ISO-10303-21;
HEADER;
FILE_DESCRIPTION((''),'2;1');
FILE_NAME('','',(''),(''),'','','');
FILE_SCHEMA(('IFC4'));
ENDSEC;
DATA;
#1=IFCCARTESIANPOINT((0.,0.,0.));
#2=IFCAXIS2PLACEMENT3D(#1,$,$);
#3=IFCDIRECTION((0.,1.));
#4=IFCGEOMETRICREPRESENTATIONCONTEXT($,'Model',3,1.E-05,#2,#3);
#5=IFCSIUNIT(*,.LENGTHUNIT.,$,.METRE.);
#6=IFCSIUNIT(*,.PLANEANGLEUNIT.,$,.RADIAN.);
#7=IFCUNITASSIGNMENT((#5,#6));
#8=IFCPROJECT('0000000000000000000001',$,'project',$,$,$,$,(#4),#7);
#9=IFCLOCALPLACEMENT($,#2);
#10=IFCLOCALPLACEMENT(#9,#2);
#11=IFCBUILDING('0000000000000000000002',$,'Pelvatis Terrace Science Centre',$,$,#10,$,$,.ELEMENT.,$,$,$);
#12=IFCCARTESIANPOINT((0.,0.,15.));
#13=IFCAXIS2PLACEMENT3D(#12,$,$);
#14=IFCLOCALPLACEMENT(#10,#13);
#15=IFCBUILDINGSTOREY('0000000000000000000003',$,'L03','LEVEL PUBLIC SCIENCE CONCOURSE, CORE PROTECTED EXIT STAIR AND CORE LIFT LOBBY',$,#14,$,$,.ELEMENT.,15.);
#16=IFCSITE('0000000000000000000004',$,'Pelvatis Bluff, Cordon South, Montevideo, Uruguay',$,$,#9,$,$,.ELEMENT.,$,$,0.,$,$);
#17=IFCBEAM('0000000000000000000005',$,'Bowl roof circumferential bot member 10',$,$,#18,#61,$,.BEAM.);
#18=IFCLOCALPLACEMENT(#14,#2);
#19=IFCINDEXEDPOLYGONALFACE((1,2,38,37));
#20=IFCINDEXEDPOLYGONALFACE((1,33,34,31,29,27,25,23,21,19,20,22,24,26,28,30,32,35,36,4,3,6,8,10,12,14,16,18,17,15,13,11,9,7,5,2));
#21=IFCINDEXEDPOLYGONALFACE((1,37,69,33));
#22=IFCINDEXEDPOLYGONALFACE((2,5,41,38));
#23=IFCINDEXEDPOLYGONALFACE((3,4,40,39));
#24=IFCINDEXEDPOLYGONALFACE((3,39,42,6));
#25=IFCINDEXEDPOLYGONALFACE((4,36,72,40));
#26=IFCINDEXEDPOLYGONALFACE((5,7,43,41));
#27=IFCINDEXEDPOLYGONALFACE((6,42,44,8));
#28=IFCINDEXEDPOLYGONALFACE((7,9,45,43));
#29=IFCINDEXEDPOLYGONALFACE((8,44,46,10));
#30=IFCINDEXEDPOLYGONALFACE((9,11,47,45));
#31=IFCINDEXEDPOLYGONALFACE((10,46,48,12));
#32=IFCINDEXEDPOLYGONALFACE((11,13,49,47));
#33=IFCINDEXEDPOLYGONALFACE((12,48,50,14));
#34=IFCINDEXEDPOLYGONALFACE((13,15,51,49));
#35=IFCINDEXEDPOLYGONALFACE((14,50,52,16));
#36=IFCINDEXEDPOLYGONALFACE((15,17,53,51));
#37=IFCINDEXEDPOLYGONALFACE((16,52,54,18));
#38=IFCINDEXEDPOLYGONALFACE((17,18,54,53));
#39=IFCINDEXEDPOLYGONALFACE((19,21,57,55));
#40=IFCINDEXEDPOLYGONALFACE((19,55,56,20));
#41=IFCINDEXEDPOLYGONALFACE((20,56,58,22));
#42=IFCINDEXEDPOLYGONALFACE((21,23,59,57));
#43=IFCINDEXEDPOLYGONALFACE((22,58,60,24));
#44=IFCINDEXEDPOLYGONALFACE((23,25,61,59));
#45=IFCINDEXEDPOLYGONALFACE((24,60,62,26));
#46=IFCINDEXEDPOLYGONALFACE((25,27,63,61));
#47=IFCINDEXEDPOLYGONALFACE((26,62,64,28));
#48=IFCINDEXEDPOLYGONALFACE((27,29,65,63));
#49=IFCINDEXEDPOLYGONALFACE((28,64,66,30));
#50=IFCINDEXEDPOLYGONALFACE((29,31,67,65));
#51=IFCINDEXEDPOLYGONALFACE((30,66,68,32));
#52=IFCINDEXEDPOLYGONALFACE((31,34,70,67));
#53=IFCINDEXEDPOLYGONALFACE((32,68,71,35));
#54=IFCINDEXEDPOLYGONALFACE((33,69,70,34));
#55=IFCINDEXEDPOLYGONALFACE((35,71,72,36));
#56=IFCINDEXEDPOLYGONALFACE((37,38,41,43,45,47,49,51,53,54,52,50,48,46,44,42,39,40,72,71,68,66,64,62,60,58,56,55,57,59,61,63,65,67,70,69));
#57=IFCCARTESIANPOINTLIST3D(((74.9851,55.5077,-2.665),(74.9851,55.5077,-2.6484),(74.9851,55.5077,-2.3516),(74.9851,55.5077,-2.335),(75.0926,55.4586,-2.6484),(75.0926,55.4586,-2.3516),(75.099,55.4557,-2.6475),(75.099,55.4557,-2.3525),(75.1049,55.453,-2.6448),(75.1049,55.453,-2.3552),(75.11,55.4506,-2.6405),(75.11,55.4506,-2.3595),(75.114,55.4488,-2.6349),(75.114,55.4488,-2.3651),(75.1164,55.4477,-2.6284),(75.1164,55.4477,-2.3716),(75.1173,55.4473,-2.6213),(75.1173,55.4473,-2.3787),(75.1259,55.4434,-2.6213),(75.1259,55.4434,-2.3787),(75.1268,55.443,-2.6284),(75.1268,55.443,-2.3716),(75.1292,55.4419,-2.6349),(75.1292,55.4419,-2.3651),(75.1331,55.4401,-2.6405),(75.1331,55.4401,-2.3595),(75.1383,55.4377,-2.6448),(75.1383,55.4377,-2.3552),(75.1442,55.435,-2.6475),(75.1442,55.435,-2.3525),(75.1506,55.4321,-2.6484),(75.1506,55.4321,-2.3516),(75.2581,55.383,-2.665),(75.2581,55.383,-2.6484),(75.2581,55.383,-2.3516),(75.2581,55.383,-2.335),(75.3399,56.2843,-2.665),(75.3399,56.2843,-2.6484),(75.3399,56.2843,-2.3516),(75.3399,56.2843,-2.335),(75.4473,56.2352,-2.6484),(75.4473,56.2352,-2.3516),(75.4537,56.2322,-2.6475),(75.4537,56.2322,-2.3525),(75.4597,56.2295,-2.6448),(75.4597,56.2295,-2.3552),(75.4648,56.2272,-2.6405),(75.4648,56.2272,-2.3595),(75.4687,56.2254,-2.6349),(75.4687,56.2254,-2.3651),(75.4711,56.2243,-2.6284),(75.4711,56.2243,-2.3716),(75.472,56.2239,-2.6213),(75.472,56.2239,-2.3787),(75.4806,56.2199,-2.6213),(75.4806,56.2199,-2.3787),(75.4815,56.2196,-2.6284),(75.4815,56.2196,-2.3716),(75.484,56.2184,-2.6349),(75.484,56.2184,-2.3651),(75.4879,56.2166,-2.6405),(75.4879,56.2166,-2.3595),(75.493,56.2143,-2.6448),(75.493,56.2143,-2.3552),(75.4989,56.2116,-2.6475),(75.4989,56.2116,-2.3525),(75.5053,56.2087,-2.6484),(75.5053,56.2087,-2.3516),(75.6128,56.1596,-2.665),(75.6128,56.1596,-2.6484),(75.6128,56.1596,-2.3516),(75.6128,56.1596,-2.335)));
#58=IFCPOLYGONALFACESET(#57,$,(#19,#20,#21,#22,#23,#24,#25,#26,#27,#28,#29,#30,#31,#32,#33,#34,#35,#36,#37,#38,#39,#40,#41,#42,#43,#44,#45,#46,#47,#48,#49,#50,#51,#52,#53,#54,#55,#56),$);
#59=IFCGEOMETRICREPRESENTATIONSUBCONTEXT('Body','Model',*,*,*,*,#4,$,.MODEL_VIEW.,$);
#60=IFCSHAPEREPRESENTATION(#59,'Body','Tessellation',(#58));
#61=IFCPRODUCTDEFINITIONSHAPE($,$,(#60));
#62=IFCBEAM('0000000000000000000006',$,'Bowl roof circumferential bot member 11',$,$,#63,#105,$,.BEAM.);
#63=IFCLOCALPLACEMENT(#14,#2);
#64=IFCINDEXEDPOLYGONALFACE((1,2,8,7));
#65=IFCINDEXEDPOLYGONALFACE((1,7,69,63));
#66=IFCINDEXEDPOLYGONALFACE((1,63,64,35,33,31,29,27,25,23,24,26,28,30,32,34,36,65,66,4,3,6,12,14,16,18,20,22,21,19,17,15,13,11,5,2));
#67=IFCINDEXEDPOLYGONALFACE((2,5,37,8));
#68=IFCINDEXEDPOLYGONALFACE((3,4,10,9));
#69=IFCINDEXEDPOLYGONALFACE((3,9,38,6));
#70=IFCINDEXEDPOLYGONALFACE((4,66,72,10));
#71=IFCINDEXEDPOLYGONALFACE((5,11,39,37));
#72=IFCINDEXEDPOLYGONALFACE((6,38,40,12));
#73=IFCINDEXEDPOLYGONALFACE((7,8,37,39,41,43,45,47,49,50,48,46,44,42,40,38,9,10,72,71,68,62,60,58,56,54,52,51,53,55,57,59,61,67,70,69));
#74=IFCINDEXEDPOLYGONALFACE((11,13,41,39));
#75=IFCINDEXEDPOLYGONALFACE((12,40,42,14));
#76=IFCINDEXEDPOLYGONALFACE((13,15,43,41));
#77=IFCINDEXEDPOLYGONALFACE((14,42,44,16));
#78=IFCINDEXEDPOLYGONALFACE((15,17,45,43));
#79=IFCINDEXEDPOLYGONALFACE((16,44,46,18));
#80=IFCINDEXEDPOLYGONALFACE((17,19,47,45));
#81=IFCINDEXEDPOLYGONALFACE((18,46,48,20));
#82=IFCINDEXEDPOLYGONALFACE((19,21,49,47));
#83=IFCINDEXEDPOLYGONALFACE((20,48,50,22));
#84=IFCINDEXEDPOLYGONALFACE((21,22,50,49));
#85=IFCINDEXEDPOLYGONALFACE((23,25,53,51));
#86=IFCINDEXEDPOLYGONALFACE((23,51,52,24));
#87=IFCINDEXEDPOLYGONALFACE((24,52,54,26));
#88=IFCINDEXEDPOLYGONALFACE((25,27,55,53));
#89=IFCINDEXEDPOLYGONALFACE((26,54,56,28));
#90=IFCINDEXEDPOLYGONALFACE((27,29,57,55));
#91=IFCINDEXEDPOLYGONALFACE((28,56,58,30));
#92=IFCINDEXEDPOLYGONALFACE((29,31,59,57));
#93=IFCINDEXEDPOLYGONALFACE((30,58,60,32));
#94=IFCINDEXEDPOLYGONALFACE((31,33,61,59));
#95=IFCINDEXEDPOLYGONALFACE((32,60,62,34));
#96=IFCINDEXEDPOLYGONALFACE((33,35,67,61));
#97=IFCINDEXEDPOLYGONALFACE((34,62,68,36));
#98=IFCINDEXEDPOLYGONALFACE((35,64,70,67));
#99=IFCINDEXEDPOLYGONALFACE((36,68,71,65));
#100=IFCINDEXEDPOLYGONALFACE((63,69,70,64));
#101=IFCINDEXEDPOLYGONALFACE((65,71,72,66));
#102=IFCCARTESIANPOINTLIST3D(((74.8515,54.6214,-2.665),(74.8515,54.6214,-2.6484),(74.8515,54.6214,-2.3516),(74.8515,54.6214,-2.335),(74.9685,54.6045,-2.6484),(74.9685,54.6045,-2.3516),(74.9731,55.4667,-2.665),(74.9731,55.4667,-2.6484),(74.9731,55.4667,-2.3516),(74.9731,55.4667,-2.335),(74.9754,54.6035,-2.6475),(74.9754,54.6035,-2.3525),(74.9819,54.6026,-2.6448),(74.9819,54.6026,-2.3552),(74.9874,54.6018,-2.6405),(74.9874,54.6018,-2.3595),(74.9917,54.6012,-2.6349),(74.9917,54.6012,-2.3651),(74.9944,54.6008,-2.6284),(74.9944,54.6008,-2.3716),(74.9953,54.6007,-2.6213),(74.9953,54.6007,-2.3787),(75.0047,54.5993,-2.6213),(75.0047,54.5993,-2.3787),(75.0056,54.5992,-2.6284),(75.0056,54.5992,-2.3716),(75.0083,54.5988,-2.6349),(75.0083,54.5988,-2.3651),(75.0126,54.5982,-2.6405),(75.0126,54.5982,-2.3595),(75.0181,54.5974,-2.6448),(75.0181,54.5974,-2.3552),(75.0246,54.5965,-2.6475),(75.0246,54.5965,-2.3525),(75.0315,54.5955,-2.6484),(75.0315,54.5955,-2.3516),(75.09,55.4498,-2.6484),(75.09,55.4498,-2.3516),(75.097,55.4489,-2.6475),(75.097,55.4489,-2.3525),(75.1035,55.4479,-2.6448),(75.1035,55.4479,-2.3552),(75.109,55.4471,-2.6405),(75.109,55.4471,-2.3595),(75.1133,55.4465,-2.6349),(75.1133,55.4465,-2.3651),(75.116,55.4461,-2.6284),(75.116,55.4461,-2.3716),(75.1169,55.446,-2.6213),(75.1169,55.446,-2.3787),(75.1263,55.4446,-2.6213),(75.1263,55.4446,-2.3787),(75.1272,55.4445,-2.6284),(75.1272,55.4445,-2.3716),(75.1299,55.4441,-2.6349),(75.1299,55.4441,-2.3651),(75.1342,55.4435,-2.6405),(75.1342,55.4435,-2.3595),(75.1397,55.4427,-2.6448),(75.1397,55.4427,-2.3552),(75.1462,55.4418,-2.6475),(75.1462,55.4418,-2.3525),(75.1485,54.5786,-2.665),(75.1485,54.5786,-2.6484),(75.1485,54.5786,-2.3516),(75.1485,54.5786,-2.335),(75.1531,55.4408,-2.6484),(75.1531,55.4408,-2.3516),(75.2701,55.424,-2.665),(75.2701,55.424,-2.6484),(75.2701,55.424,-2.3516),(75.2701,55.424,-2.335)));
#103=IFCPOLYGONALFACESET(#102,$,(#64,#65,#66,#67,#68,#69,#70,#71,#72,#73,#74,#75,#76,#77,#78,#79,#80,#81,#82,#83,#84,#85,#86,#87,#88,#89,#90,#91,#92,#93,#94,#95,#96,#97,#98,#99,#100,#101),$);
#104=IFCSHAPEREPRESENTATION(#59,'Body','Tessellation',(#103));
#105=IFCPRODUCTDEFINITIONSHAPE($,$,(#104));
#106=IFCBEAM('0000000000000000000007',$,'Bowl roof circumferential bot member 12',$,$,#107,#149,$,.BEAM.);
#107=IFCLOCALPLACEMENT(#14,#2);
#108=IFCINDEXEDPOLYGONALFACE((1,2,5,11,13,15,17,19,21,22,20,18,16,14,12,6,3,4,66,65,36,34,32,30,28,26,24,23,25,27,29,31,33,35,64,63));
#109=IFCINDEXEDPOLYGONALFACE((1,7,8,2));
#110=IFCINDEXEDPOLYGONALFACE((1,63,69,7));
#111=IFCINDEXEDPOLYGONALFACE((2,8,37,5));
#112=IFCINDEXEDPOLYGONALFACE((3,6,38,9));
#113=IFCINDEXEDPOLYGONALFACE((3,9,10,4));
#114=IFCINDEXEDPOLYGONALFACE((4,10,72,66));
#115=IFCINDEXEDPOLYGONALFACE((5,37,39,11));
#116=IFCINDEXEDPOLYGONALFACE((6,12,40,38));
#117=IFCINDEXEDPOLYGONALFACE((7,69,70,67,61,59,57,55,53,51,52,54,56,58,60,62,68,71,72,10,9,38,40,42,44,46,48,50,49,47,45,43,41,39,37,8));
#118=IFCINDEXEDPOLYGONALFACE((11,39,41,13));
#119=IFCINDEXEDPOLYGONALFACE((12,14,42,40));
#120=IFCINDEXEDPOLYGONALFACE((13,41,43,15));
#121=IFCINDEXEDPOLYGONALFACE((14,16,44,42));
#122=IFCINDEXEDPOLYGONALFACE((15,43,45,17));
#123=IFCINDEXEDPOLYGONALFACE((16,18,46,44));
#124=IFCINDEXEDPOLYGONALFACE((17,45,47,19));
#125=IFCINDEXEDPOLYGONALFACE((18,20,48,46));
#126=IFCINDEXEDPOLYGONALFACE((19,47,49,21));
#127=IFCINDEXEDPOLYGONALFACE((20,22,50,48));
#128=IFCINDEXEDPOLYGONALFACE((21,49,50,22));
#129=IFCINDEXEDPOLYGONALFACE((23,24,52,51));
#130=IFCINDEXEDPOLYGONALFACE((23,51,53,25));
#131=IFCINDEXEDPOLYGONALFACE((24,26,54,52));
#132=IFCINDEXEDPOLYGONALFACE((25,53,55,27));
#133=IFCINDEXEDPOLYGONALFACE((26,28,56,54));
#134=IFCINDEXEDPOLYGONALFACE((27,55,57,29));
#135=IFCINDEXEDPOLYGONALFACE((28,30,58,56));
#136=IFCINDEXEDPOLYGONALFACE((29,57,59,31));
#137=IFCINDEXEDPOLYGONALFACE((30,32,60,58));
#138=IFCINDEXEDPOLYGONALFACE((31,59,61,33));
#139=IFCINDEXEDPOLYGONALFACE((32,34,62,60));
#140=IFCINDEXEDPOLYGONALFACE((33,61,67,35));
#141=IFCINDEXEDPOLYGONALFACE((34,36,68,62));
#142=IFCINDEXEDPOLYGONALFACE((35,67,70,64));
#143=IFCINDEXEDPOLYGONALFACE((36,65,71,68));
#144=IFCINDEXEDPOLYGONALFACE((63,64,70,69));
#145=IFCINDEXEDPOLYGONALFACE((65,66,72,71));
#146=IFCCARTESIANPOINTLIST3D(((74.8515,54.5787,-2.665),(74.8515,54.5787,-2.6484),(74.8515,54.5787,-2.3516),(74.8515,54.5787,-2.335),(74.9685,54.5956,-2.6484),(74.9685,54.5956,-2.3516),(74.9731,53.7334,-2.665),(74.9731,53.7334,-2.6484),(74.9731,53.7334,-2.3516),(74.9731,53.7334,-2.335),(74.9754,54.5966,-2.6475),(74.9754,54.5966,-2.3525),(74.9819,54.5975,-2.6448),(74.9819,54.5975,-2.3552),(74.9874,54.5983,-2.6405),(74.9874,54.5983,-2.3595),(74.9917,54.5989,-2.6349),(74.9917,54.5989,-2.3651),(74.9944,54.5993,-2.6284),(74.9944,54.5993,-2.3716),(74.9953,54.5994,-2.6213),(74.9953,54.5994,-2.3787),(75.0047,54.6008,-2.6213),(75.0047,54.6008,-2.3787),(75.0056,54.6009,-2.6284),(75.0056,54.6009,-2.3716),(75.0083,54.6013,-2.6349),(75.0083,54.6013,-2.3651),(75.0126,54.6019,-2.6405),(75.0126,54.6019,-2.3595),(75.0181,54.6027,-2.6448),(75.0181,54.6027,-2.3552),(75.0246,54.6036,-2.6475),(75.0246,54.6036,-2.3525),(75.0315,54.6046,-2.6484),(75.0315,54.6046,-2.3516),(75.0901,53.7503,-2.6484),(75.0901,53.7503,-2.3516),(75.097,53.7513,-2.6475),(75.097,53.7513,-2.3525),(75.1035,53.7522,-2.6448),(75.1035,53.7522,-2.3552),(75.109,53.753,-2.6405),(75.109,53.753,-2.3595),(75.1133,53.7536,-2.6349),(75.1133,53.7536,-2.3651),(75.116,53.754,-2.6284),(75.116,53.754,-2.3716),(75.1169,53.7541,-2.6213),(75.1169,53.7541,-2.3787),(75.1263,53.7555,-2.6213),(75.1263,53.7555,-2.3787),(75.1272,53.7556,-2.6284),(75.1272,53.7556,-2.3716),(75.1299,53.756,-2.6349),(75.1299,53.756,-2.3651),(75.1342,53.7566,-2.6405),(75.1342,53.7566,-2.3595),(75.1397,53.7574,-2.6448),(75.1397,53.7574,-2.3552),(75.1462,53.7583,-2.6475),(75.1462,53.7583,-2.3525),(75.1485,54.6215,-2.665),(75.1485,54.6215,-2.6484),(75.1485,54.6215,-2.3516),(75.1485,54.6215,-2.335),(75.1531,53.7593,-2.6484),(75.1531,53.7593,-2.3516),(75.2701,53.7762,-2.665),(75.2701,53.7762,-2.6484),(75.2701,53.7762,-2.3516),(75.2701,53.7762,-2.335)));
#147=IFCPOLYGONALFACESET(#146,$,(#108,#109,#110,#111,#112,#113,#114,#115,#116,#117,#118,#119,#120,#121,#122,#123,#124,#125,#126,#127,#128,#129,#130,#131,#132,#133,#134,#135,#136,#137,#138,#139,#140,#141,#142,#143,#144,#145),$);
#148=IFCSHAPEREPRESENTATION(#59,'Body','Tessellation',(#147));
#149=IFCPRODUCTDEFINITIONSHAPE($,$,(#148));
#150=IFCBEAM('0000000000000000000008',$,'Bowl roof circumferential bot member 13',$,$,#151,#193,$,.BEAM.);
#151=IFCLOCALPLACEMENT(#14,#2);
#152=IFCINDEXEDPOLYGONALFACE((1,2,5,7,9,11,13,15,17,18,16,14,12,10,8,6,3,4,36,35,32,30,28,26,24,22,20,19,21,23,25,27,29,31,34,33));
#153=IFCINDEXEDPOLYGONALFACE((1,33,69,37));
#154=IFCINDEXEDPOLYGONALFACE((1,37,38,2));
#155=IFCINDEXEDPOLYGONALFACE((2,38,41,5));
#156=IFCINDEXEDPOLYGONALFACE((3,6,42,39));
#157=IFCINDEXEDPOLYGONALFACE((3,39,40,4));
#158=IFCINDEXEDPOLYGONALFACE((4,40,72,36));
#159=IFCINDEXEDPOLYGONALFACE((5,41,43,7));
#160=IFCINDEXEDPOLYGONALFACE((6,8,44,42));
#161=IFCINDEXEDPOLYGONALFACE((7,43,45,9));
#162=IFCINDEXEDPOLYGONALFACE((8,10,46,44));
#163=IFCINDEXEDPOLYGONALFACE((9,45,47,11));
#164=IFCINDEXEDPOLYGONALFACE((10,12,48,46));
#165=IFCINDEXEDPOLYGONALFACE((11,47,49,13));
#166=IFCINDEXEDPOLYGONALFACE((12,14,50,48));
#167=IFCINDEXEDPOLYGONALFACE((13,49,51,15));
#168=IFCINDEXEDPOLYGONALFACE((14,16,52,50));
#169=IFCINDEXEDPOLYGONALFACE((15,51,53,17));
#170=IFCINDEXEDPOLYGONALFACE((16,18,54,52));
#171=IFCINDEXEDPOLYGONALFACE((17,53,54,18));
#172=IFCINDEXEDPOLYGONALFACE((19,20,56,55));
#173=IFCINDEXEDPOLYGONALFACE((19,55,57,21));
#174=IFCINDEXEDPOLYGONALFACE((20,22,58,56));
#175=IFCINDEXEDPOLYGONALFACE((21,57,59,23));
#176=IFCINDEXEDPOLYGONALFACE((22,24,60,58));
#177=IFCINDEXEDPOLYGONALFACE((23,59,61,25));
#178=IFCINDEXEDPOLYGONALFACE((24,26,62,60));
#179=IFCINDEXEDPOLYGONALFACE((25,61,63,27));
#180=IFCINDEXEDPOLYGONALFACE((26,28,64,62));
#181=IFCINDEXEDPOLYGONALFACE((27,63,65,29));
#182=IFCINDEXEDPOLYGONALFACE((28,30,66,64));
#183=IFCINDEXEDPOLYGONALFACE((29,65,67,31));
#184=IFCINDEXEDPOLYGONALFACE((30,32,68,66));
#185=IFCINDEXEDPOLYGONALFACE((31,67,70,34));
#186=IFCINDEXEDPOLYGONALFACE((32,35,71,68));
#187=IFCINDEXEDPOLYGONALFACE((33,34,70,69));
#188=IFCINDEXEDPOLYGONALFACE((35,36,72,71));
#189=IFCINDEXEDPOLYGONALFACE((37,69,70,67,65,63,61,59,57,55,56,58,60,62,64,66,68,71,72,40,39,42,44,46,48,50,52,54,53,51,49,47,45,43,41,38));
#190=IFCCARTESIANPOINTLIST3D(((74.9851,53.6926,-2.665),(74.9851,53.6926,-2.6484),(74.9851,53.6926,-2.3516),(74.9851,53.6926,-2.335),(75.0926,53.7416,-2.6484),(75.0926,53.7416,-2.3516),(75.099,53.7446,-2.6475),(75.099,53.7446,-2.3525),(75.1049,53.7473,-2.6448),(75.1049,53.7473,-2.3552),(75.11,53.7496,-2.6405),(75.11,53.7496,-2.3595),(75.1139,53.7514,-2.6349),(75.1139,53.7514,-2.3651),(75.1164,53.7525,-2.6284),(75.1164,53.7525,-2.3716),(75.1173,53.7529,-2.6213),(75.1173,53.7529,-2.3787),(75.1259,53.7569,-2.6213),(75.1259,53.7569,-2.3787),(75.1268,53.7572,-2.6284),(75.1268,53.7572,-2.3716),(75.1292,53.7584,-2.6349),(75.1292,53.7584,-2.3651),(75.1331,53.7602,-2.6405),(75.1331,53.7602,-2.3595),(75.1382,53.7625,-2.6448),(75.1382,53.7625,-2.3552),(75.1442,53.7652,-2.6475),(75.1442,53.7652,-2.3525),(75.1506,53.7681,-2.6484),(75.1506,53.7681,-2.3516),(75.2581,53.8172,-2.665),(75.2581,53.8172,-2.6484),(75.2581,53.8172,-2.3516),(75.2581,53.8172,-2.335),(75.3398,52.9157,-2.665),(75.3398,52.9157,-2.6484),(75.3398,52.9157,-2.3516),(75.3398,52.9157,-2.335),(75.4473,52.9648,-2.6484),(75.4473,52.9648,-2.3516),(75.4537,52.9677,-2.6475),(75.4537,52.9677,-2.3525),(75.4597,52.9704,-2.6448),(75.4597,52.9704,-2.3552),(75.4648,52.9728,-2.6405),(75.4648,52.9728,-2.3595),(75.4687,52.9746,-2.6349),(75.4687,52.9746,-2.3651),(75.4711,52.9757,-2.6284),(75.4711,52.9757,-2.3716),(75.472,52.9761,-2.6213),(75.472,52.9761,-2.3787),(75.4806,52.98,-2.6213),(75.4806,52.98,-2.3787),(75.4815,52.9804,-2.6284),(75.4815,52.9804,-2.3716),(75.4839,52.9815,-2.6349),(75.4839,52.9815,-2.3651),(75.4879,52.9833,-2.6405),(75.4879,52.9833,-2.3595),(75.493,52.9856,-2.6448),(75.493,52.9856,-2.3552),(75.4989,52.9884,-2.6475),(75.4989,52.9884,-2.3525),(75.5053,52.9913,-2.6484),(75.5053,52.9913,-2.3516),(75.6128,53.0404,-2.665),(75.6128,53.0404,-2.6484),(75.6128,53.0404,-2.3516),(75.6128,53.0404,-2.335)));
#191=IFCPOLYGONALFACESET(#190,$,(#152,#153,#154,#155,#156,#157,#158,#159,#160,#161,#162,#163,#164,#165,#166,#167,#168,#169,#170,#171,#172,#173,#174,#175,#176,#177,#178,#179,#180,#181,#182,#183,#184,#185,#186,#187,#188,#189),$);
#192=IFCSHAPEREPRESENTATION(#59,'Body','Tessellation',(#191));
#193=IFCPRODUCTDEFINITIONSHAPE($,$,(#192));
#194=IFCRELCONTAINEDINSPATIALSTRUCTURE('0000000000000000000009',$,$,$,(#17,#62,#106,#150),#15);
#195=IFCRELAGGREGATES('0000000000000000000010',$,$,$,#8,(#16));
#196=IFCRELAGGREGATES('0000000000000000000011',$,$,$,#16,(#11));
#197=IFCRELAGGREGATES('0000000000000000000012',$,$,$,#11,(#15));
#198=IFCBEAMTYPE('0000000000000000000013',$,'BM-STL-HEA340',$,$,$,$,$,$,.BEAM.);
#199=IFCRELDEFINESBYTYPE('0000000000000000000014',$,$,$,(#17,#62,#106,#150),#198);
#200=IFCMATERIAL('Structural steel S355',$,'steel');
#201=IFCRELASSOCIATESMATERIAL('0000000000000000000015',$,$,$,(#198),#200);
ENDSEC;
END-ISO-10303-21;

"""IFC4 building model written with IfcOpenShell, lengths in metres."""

from ifc_helpers import new_model, si_unit, direction, frame, origin, origin_2d, place, context, subcontext, project, spatial, i_section, extrude, material, material_profile, profile_set, type_object, element, save


model = new_model("IFC4")

# Units and contexts
model_context = context("Model", 3, precision=1e-05, world=origin(), true_north=direction((0.0, 1.0)))
body_context = subcontext(model_context, "Body", "Model", "MODEL_VIEW")
ifc_project = project(units=[si_unit("LENGTHUNIT", "METRE"), si_unit("PLANEANGLEUNIT", "RADIAN")], contexts=[model_context])

# Site, building, storey
site_placement = place(None, origin())
site = spatial("IfcSite", under=ifc_project, at=site_placement, Name="Pelvatis Bluff, Cordon South, Montevideo, Uruguay", CompositionType="ELEMENT", RefElevation=0.0)
building_placement = place(site_placement, origin())
building = spatial("IfcBuilding", under=site, at=building_placement, Name="Pelvatis Terrace Science Centre", CompositionType="ELEMENT")
storey_placement = place(building_placement, frame((0.0, 0.0, 15.0)))
storey = spatial("IfcBuildingStorey", under=building, at=storey_placement, Name="L03", Description="LEVEL PUBLIC SCIENCE CONCOURSE, CORE PROTECTED EXIT STAIR AND CORE LIFT LOBBY", CompositionType="ELEMENT", Elevation=15.0)

# Beams
ifc_material_1 = material(Name="Structural steel S355", Category="steel")
ifc_material_profile_1 = material_profile(ifc_material_1, i_section(OverallWidth=0.3, OverallDepth=0.3301, WebThickness=0.0095, FlangeThickness=0.0166, FilletRadius=0.0271, at=origin_2d()), Name="HEA 340")
ifc_profile_set_1 = profile_set([ifc_material_profile_1], Name="Structural steel S355")
beam_type_1 = type_object("IfcBeamType", Name="BM-STL-HEA340", PredefinedType="BEAM", material=ifc_profile_set_1)
for number, where, z_axis, x_axis, name in (
    (1, (75.4763, 56.2219, -2.5), (-0.415483, -0.909601, 0.0), (0.909601, -0.415483, 0.0), "Bowl roof circumferential bot member 10"),
):
    element("IfcBeam", number, at=place(storey_placement, frame(where, z_axis=z_axis, x_axis=x_axis)), inside=storey, type_object=beam_type_1, Name=name, PredefinedType="BEAM", context=body_context, shape_type="SweptSolid", body=[
        extrude(i_section(OverallWidth=0.3, OverallDepth=0.3301, WebThickness=0.0095, FlangeThickness=0.0166, FilletRadius=0.0271, at=origin_2d()), origin(), (0.0, 0.0, 1.0), 0.8538),
    ])
for number, where, z_axis, x_axis, name in (
    (2, (75.1216, 55.4453, -2.5), (-0.142382, -0.989812, 0.0), (0.989812, -0.142382, 0.0), "Bowl roof circumferential bot member 11"),
    (3, (75.0, 54.6001, -2.5), (0.142382, -0.989812, 0.0), (0.989812, 0.142382, 0.0), "Bowl roof circumferential bot member 12"),
    (4, (75.1216, 53.7549, -2.5), (0.415375, -0.90965, 0.0), (0.90965, 0.415375, 0.0), "Bowl roof circumferential bot member 13"),
):
    element("IfcBeam", number, at=place(storey_placement, frame(where, z_axis=z_axis, x_axis=x_axis)), inside=storey, type_object=beam_type_1, Name=name, PredefinedType="BEAM", context=body_context, shape_type="SweptSolid", body=[
        extrude(i_section(OverallWidth=0.3, OverallDepth=0.3301, WebThickness=0.0095, FlangeThickness=0.0166, FilletRadius=0.0271, at=origin_2d()), origin(), (0.0, 0.0, 1.0), 0.854),
    ])

save(model, "model.ifc")
